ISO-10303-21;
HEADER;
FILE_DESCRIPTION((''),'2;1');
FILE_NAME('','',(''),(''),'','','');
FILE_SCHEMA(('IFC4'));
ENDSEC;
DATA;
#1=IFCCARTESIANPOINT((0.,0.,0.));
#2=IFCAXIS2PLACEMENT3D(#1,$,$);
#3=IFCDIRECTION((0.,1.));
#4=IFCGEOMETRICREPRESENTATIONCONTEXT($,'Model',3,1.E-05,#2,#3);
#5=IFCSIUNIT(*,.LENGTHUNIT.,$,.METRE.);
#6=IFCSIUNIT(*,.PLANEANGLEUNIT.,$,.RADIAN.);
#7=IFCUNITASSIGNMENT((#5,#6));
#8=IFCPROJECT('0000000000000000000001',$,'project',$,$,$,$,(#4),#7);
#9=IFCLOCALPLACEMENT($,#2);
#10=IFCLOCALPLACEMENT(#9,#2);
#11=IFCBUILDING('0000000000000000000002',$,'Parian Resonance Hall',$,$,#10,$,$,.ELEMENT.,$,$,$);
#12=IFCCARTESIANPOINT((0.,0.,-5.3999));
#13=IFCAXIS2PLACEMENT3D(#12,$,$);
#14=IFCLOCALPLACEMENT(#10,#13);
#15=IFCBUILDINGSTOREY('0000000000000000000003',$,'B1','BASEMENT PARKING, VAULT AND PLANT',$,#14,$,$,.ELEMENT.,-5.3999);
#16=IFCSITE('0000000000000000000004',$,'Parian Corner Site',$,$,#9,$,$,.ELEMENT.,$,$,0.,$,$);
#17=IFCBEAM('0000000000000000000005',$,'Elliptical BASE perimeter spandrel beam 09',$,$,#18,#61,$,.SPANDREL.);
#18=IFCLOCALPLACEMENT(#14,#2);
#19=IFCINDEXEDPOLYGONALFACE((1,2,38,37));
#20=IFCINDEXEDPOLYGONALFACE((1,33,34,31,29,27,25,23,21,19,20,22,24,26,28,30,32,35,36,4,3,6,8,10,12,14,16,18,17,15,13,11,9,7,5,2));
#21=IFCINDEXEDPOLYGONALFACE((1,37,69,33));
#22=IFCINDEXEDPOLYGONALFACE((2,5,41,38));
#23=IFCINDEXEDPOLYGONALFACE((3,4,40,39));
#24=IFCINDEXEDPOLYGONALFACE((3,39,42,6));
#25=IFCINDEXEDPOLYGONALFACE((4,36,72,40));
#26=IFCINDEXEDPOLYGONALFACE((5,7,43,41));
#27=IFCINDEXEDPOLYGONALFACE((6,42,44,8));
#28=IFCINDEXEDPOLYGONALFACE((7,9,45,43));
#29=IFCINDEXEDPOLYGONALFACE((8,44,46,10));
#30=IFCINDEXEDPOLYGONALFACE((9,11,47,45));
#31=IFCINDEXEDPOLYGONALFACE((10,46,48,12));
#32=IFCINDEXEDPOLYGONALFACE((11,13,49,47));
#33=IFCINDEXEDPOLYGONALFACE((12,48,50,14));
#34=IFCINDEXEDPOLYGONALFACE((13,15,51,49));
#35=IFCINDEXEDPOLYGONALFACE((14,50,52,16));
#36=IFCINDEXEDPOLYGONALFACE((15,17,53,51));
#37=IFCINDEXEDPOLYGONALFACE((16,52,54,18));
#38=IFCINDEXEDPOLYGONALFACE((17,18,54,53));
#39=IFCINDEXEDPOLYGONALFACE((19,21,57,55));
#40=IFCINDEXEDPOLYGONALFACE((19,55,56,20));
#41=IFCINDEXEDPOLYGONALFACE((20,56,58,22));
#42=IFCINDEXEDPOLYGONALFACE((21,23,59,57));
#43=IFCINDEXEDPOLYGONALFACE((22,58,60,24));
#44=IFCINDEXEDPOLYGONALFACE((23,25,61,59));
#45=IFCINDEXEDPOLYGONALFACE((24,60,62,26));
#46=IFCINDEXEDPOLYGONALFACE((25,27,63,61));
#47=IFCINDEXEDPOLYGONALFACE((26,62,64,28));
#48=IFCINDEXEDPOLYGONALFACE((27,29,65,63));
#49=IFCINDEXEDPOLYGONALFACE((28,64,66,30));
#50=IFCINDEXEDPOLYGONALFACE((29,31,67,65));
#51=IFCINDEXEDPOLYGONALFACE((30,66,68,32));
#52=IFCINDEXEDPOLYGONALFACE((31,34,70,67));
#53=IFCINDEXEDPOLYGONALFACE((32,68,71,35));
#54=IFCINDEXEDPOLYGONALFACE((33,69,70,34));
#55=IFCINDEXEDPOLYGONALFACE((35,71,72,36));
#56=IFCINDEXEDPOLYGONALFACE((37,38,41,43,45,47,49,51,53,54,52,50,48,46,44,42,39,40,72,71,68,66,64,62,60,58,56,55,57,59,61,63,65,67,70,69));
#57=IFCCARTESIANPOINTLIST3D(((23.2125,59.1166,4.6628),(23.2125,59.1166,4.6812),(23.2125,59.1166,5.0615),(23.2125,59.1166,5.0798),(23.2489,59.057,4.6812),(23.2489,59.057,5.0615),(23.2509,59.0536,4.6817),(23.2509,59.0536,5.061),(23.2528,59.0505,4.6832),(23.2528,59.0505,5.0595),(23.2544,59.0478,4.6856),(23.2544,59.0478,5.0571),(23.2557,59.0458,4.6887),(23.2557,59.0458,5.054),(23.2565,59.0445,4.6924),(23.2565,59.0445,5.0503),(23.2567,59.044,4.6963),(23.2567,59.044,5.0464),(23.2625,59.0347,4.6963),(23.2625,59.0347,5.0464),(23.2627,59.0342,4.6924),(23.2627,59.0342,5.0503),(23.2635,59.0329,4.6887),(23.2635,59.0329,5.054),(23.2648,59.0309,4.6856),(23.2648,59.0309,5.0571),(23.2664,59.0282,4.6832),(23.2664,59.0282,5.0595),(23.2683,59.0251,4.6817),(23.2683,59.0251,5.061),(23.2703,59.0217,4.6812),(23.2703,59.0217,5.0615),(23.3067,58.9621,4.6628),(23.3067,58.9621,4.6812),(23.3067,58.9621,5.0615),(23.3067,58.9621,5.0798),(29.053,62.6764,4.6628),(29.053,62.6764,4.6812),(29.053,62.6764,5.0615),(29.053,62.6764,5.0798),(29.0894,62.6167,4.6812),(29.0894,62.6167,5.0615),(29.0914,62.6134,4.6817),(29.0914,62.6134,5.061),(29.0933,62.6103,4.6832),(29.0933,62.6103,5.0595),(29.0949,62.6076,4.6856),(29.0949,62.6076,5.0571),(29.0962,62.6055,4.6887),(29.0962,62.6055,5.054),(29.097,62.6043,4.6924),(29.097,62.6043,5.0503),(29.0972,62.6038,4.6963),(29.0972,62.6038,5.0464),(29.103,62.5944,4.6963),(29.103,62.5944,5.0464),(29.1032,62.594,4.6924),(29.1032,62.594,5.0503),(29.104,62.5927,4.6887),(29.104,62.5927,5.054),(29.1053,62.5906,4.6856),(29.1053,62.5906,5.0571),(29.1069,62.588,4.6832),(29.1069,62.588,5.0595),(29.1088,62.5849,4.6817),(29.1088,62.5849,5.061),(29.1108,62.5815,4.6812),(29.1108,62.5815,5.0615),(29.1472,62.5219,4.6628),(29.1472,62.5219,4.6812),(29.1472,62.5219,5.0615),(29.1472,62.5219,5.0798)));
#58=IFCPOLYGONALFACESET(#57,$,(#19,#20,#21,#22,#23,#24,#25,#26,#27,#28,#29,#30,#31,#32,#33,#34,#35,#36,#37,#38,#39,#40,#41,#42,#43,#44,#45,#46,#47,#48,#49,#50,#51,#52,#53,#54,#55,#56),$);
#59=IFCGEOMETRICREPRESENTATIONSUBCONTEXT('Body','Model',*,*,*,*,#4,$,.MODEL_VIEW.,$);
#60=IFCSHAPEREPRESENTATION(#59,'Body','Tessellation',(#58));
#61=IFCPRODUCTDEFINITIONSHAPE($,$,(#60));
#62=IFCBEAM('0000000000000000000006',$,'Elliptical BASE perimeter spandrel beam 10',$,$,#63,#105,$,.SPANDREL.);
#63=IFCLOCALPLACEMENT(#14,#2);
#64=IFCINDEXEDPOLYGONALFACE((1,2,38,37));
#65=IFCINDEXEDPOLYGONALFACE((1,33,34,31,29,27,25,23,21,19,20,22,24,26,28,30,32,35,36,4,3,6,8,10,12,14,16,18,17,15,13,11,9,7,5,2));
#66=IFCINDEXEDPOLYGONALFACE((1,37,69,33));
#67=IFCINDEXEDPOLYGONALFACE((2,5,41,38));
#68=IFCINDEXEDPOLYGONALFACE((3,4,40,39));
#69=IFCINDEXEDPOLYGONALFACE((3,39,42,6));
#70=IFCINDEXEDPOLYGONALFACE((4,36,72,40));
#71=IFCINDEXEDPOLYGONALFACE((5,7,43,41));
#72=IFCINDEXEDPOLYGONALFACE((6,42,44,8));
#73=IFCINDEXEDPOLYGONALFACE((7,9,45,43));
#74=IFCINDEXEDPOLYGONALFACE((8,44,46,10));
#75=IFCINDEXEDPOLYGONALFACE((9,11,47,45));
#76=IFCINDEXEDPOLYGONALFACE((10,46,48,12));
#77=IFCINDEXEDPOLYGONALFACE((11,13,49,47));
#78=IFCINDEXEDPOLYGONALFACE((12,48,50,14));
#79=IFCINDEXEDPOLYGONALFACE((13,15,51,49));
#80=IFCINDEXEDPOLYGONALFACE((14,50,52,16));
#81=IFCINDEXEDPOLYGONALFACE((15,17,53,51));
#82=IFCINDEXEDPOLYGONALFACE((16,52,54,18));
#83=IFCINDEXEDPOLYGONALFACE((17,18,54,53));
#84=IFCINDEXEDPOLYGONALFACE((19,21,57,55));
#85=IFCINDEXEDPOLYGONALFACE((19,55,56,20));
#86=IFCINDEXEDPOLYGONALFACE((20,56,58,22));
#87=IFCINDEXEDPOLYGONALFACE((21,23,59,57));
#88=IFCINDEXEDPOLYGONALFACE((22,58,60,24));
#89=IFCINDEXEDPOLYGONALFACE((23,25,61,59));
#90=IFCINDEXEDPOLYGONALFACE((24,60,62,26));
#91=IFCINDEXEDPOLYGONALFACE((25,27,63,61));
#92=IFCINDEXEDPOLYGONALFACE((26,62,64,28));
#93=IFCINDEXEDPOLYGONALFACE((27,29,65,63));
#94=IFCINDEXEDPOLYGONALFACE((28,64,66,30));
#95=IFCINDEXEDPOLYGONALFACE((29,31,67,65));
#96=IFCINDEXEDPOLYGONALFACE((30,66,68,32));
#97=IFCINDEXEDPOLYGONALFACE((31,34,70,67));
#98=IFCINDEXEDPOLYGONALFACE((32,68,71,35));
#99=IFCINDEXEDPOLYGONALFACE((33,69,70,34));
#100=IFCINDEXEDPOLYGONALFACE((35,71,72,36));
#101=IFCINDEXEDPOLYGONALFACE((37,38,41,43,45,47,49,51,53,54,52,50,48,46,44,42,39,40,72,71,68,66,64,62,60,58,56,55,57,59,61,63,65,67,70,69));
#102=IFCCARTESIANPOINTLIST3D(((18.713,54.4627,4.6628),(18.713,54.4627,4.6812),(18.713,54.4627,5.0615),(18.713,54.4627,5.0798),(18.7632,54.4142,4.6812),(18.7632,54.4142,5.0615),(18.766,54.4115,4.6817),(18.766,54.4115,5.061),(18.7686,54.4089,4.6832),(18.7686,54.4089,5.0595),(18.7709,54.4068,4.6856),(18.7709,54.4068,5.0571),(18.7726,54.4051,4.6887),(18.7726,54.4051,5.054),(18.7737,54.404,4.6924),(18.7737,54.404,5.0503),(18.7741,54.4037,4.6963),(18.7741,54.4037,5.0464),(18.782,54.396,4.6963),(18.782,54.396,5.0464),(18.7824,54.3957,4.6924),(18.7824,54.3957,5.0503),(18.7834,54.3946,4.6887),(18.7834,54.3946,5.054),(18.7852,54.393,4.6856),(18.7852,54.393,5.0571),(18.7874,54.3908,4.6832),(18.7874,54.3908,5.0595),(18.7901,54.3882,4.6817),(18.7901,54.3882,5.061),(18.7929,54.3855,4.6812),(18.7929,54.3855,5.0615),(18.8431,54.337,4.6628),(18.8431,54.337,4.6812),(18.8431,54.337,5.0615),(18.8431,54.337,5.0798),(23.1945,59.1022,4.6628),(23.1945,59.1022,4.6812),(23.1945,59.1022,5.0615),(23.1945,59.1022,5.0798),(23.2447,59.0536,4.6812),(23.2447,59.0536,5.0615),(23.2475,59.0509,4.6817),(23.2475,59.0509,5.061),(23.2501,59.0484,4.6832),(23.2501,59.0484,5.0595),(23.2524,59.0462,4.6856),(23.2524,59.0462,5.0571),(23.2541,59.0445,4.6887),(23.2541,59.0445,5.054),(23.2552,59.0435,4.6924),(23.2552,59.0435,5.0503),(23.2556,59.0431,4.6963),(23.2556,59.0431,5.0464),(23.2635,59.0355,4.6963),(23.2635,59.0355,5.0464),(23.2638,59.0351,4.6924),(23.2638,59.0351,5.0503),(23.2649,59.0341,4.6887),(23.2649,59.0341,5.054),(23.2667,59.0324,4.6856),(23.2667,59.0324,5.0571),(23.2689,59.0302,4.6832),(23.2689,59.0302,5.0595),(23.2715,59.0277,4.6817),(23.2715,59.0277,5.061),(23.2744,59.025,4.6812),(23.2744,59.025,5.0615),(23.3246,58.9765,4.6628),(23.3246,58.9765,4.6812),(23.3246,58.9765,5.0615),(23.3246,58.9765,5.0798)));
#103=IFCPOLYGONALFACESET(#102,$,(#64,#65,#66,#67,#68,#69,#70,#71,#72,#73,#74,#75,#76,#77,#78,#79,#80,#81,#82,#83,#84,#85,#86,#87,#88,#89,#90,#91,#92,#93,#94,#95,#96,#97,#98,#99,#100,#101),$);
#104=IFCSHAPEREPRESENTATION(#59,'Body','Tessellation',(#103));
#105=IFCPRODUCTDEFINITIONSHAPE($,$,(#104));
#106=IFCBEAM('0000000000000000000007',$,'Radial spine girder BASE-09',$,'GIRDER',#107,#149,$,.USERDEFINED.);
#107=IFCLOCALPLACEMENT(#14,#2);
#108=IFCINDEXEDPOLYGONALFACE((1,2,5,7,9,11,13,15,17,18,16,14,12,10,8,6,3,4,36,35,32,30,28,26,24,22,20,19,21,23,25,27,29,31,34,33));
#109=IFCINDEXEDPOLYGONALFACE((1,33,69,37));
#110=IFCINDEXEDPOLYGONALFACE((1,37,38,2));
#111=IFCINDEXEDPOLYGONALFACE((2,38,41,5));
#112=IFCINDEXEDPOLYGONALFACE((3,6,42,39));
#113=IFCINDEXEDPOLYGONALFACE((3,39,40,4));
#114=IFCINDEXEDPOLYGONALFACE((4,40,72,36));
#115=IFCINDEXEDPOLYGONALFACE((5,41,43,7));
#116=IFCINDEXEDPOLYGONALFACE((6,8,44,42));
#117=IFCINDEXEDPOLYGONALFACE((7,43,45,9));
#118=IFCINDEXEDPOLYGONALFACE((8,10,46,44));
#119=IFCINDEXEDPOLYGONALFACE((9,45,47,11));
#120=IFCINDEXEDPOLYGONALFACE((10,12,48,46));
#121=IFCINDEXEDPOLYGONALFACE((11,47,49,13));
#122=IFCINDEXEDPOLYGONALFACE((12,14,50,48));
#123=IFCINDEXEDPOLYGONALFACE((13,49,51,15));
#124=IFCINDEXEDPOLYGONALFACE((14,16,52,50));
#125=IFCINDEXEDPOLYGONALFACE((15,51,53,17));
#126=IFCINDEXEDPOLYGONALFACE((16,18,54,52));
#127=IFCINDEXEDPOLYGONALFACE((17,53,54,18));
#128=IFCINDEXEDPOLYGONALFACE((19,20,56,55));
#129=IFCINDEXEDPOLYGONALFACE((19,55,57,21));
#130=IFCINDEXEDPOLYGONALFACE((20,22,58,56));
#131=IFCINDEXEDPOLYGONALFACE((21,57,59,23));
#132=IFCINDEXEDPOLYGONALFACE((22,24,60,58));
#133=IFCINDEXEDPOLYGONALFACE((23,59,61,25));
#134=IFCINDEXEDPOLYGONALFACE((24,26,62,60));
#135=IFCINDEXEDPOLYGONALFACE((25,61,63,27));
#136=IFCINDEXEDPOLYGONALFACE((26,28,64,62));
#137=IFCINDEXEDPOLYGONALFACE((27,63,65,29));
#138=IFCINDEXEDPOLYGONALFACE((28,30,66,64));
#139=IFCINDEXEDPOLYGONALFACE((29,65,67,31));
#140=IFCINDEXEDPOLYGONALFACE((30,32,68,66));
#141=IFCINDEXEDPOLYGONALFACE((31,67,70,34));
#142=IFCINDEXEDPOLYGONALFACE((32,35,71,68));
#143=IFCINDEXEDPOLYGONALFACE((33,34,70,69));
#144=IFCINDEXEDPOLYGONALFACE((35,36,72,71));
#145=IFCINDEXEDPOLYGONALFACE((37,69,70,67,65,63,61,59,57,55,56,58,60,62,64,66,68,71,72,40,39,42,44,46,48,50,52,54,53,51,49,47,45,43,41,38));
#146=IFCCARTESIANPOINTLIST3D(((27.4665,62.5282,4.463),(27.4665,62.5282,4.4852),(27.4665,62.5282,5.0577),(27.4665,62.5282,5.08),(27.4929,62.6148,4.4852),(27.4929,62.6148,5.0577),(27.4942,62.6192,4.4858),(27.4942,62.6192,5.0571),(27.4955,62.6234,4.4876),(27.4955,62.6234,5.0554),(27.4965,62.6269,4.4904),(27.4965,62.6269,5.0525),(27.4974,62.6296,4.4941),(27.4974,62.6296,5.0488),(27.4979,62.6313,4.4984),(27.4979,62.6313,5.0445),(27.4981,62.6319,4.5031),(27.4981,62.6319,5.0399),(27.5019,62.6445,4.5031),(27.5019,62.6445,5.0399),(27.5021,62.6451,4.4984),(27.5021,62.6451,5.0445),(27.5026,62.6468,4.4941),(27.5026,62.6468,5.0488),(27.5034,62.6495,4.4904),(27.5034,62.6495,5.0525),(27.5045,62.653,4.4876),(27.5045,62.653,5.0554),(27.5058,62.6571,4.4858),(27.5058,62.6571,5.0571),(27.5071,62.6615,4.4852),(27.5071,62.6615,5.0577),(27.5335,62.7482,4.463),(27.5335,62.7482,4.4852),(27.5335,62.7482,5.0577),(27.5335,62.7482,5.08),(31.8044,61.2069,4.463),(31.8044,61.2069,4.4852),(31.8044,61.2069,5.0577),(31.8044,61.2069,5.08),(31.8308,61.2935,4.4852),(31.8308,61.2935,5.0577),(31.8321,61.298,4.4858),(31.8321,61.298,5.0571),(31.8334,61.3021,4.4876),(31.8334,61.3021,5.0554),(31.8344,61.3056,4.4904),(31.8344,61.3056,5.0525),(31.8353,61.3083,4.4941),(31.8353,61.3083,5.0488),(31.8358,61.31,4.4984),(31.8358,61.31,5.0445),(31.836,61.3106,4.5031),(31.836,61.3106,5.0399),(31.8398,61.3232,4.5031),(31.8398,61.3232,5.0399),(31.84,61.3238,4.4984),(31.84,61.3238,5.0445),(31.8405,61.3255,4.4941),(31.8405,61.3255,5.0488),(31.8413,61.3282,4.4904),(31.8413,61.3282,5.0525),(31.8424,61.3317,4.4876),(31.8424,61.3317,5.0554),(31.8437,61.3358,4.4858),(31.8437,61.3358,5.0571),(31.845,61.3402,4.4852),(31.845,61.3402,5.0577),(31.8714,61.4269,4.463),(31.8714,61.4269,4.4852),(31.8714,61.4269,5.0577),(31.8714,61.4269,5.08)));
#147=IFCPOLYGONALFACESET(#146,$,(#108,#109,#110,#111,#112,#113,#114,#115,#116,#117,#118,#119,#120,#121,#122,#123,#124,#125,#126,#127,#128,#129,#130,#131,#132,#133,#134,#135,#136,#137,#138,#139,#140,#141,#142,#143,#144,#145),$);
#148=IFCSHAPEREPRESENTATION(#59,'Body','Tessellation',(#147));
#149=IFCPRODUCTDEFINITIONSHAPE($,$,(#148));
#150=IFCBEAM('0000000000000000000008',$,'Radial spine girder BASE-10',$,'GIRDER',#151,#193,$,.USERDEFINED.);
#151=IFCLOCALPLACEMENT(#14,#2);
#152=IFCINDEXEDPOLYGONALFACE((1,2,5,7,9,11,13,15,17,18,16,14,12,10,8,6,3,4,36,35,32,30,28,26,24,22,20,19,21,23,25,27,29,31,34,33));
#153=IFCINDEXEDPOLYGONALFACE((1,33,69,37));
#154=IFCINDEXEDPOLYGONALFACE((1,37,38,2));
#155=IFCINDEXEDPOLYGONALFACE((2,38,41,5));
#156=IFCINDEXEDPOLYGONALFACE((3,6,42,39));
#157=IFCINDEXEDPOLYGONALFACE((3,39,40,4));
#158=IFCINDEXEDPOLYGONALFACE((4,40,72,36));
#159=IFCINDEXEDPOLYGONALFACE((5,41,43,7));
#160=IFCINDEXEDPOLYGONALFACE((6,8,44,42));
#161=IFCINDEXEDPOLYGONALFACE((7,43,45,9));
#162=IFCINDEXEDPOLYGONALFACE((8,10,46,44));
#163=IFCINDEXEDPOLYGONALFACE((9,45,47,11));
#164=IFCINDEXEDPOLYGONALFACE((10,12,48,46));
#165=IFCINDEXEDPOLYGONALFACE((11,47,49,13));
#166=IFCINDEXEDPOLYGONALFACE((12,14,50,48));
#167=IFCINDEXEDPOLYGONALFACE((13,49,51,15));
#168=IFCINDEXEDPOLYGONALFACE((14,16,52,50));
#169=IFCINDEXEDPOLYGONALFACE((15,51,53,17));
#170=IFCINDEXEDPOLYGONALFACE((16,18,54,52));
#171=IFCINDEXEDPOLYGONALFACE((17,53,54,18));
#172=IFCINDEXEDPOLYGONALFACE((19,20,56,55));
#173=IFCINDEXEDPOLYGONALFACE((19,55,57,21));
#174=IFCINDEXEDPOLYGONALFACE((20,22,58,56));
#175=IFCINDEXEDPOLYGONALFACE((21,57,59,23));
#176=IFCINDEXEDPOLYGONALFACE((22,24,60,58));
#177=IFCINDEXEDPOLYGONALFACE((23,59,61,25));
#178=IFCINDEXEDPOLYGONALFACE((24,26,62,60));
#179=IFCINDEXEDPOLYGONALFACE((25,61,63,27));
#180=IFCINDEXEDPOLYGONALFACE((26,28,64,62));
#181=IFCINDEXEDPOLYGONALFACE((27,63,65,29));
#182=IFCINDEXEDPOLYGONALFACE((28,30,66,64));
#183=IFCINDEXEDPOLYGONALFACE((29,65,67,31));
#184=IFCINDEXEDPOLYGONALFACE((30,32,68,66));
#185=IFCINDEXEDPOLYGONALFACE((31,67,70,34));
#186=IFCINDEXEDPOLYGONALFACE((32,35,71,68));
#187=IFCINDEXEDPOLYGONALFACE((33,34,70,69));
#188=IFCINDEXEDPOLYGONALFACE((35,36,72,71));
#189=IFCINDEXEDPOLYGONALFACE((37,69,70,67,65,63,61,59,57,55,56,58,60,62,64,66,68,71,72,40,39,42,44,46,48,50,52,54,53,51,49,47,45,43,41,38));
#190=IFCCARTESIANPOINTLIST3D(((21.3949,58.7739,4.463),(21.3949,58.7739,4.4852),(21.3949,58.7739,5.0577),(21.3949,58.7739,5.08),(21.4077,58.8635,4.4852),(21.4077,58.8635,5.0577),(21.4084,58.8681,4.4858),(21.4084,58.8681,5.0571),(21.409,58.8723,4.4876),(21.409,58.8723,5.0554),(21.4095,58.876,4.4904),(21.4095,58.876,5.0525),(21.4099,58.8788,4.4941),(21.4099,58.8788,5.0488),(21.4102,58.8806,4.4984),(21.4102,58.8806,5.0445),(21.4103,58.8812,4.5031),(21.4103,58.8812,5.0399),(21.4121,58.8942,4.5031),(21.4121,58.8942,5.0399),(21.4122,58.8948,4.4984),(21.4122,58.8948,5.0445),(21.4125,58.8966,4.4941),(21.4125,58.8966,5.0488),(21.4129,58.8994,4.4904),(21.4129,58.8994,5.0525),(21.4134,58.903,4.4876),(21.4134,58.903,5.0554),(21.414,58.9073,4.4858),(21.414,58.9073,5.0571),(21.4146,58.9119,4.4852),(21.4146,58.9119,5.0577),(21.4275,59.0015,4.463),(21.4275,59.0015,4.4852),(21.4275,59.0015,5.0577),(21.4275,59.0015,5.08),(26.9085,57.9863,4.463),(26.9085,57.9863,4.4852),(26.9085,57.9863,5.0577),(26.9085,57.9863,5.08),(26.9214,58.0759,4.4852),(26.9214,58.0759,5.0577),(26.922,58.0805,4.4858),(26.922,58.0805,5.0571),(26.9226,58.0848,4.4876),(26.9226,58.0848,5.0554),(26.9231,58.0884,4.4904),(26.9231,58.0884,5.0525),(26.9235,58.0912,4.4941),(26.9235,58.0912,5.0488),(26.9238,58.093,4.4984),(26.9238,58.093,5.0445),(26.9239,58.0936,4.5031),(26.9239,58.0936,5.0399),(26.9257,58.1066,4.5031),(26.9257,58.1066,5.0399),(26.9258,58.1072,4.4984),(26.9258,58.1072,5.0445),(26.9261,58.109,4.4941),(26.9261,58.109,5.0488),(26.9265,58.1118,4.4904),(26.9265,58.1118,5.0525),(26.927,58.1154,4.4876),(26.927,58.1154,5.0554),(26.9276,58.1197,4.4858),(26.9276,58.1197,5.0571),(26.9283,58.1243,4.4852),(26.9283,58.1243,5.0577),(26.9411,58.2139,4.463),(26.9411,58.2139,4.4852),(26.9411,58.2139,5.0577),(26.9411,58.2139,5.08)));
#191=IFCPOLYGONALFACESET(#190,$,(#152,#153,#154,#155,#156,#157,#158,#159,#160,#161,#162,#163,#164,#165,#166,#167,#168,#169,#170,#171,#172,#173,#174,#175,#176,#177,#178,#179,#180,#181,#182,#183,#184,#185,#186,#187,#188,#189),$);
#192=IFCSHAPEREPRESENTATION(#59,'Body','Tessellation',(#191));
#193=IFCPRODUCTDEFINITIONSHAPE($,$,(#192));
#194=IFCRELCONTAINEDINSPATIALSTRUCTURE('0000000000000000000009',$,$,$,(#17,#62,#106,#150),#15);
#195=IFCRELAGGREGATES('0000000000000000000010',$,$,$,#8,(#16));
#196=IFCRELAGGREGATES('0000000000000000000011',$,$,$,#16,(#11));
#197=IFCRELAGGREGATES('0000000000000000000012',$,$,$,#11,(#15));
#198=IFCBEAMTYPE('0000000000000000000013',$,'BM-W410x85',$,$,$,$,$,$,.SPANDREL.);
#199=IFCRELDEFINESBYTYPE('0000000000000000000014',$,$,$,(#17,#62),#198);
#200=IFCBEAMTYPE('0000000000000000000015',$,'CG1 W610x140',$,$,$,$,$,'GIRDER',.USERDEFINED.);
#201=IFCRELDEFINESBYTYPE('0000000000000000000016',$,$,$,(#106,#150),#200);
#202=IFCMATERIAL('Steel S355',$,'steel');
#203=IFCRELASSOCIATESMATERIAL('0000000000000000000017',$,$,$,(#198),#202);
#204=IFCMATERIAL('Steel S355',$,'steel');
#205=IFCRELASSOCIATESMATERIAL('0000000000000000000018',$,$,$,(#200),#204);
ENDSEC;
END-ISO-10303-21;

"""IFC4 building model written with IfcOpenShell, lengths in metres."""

from ifc_helpers import new_model, si_unit, direction, frame, origin, origin_2d, place, context, subcontext, project, spatial, i_section, extrude, material, material_profile, profile_set, type_object, element, save


model = new_model("IFC4")

# Units and contexts
model_context = context("Model", 3, precision=1e-05, world=origin(), true_north=direction((0.0, 1.0)))
body_context = subcontext(model_context, "Body", "Model", "MODEL_VIEW")
ifc_project = project(units=[si_unit("LENGTHUNIT", "METRE"), si_unit("PLANEANGLEUNIT", "RADIAN")], contexts=[model_context])

# Site, building, storey
site_placement = place(None, origin())
site = spatial("IfcSite", under=ifc_project, at=site_placement, Name="Parian Corner Site", CompositionType="ELEMENT", RefElevation=0.0)
building_placement = place(site_placement, origin())
building = spatial("IfcBuilding", under=site, at=building_placement, Name="Parian Resonance Hall", CompositionType="ELEMENT")
storey_placement = place(building_placement, frame((0.0, 0.0, -5.3999)))
storey = spatial("IfcBuildingStorey", under=building, at=storey_placement, Name="B1", Description="BASEMENT PARKING, VAULT AND PLANT", CompositionType="ELEMENT", Elevation=-5.3999)

# Beams
ifc_material_1 = material(Name="Steel S355", Category="steel")
ifc_material_profile_1 = material_profile(ifc_material_1, i_section(OverallWidth=0.1809, OverallDepth=0.417, WebThickness=0.011, FlangeThickness=0.0183, FilletRadius=0.0151, at=origin_2d()), Name="W410x85")
ifc_profile_set_1 = profile_set([ifc_material_profile_1], Name="Steel S355")
beam_type_1 = type_object("IfcBeamType", Name="BM-W410x85", PredefinedType="SPANDREL", material=ifc_profile_set_1)
beam_1_placement = place(storey_placement, frame((29.1001, 62.5991, 4.8713), z_axis=(-0.853894, -0.520446, 0.0), x_axis=(0.520446, -0.853894, 0.0)))
element("IfcBeam", 1, at=beam_1_placement, inside=storey, type_object=beam_type_1, Name="Elliptical BASE perimeter spandrel beam 09", PredefinedType="SPANDREL", context=body_context, shape_type="SweptSolid", body=[
    extrude(i_section(OverallWidth=0.1809, OverallDepth=0.417, WebThickness=0.011, FlangeThickness=0.0183, FilletRadius=0.0151, at=origin_2d()), origin(), (0.0, 0.0, 1.0), 6.8398),
])
beam_2_placement = place(storey_placement, frame((23.2595, 59.0393, 4.8713), z_axis=(-0.694757, -0.719245, 0.0), x_axis=(0.719245, -0.694757, 0.0)))
element("IfcBeam", 2, at=beam_2_placement, inside=storey, type_object=beam_type_1, Name="Elliptical BASE perimeter spandrel beam 10", PredefinedType="SPANDREL", context=body_context, shape_type="SweptSolid", body=[
    extrude(i_section(OverallWidth=0.1809, OverallDepth=0.417, WebThickness=0.011, FlangeThickness=0.0183, FilletRadius=0.0151, at=origin_2d()), origin(), (0.0, 0.0, 1.0), 6.4504),
])
ifc_material_2 = material(Name="Steel S355", Category="steel")
ifc_material_profile_2 = material_profile(ifc_material_2, i_section(OverallWidth=0.23, OverallDepth=0.6169, WebThickness=0.0132, FlangeThickness=0.0222, FilletRadius=0.0178, at=origin_2d()), Name="W610x140")
ifc_profile_set_2 = profile_set([ifc_material_profile_2], Name="Steel S355")
beam_type_2 = type_object("IfcBeamType", Name="CG1 W610x140", ElementType="GIRDER", PredefinedType="USERDEFINED", material=ifc_profile_set_2)
beam_3_placement = place(storey_placement, frame((31.8379, 61.3169, 4.7715), z_axis=(-0.956609, 0.291376, 0.0), x_axis=(-0.291376, -0.956609, 0.0)))
element("IfcBeam", 3, at=beam_3_placement, inside=storey, type_object=beam_type_2, Name="Radial spine girder BASE-09", ObjectType="GIRDER", PredefinedType="USERDEFINED", context=body_context, shape_type="SweptSolid", body=[
    extrude(i_section(OverallWidth=0.23, OverallDepth=0.6169, WebThickness=0.0132, FlangeThickness=0.0222, FilletRadius=0.0178, at=origin_2d()), origin(), (0.0, 0.0, 1.0), 4.5347),
])
beam_4_placement = place(storey_placement, frame((26.9248, 58.1001, 4.7715), z_axis=(-0.989951, 0.141409, 0.0), x_axis=(-0.141409, -0.989951, 0.0)))
element("IfcBeam", 4, at=beam_4_placement, inside=storey, type_object=beam_type_2, Name="Radial spine girder BASE-10", ObjectType="GIRDER", PredefinedType="USERDEFINED", context=body_context, shape_type="SweptSolid", body=[
    extrude(i_section(OverallWidth=0.23, OverallDepth=0.6169, WebThickness=0.0132, FlangeThickness=0.0222, FilletRadius=0.0178, at=origin_2d()), origin(), (0.0, 0.0, 1.0), 5.5696),
])

save(model, "model.ifc")
